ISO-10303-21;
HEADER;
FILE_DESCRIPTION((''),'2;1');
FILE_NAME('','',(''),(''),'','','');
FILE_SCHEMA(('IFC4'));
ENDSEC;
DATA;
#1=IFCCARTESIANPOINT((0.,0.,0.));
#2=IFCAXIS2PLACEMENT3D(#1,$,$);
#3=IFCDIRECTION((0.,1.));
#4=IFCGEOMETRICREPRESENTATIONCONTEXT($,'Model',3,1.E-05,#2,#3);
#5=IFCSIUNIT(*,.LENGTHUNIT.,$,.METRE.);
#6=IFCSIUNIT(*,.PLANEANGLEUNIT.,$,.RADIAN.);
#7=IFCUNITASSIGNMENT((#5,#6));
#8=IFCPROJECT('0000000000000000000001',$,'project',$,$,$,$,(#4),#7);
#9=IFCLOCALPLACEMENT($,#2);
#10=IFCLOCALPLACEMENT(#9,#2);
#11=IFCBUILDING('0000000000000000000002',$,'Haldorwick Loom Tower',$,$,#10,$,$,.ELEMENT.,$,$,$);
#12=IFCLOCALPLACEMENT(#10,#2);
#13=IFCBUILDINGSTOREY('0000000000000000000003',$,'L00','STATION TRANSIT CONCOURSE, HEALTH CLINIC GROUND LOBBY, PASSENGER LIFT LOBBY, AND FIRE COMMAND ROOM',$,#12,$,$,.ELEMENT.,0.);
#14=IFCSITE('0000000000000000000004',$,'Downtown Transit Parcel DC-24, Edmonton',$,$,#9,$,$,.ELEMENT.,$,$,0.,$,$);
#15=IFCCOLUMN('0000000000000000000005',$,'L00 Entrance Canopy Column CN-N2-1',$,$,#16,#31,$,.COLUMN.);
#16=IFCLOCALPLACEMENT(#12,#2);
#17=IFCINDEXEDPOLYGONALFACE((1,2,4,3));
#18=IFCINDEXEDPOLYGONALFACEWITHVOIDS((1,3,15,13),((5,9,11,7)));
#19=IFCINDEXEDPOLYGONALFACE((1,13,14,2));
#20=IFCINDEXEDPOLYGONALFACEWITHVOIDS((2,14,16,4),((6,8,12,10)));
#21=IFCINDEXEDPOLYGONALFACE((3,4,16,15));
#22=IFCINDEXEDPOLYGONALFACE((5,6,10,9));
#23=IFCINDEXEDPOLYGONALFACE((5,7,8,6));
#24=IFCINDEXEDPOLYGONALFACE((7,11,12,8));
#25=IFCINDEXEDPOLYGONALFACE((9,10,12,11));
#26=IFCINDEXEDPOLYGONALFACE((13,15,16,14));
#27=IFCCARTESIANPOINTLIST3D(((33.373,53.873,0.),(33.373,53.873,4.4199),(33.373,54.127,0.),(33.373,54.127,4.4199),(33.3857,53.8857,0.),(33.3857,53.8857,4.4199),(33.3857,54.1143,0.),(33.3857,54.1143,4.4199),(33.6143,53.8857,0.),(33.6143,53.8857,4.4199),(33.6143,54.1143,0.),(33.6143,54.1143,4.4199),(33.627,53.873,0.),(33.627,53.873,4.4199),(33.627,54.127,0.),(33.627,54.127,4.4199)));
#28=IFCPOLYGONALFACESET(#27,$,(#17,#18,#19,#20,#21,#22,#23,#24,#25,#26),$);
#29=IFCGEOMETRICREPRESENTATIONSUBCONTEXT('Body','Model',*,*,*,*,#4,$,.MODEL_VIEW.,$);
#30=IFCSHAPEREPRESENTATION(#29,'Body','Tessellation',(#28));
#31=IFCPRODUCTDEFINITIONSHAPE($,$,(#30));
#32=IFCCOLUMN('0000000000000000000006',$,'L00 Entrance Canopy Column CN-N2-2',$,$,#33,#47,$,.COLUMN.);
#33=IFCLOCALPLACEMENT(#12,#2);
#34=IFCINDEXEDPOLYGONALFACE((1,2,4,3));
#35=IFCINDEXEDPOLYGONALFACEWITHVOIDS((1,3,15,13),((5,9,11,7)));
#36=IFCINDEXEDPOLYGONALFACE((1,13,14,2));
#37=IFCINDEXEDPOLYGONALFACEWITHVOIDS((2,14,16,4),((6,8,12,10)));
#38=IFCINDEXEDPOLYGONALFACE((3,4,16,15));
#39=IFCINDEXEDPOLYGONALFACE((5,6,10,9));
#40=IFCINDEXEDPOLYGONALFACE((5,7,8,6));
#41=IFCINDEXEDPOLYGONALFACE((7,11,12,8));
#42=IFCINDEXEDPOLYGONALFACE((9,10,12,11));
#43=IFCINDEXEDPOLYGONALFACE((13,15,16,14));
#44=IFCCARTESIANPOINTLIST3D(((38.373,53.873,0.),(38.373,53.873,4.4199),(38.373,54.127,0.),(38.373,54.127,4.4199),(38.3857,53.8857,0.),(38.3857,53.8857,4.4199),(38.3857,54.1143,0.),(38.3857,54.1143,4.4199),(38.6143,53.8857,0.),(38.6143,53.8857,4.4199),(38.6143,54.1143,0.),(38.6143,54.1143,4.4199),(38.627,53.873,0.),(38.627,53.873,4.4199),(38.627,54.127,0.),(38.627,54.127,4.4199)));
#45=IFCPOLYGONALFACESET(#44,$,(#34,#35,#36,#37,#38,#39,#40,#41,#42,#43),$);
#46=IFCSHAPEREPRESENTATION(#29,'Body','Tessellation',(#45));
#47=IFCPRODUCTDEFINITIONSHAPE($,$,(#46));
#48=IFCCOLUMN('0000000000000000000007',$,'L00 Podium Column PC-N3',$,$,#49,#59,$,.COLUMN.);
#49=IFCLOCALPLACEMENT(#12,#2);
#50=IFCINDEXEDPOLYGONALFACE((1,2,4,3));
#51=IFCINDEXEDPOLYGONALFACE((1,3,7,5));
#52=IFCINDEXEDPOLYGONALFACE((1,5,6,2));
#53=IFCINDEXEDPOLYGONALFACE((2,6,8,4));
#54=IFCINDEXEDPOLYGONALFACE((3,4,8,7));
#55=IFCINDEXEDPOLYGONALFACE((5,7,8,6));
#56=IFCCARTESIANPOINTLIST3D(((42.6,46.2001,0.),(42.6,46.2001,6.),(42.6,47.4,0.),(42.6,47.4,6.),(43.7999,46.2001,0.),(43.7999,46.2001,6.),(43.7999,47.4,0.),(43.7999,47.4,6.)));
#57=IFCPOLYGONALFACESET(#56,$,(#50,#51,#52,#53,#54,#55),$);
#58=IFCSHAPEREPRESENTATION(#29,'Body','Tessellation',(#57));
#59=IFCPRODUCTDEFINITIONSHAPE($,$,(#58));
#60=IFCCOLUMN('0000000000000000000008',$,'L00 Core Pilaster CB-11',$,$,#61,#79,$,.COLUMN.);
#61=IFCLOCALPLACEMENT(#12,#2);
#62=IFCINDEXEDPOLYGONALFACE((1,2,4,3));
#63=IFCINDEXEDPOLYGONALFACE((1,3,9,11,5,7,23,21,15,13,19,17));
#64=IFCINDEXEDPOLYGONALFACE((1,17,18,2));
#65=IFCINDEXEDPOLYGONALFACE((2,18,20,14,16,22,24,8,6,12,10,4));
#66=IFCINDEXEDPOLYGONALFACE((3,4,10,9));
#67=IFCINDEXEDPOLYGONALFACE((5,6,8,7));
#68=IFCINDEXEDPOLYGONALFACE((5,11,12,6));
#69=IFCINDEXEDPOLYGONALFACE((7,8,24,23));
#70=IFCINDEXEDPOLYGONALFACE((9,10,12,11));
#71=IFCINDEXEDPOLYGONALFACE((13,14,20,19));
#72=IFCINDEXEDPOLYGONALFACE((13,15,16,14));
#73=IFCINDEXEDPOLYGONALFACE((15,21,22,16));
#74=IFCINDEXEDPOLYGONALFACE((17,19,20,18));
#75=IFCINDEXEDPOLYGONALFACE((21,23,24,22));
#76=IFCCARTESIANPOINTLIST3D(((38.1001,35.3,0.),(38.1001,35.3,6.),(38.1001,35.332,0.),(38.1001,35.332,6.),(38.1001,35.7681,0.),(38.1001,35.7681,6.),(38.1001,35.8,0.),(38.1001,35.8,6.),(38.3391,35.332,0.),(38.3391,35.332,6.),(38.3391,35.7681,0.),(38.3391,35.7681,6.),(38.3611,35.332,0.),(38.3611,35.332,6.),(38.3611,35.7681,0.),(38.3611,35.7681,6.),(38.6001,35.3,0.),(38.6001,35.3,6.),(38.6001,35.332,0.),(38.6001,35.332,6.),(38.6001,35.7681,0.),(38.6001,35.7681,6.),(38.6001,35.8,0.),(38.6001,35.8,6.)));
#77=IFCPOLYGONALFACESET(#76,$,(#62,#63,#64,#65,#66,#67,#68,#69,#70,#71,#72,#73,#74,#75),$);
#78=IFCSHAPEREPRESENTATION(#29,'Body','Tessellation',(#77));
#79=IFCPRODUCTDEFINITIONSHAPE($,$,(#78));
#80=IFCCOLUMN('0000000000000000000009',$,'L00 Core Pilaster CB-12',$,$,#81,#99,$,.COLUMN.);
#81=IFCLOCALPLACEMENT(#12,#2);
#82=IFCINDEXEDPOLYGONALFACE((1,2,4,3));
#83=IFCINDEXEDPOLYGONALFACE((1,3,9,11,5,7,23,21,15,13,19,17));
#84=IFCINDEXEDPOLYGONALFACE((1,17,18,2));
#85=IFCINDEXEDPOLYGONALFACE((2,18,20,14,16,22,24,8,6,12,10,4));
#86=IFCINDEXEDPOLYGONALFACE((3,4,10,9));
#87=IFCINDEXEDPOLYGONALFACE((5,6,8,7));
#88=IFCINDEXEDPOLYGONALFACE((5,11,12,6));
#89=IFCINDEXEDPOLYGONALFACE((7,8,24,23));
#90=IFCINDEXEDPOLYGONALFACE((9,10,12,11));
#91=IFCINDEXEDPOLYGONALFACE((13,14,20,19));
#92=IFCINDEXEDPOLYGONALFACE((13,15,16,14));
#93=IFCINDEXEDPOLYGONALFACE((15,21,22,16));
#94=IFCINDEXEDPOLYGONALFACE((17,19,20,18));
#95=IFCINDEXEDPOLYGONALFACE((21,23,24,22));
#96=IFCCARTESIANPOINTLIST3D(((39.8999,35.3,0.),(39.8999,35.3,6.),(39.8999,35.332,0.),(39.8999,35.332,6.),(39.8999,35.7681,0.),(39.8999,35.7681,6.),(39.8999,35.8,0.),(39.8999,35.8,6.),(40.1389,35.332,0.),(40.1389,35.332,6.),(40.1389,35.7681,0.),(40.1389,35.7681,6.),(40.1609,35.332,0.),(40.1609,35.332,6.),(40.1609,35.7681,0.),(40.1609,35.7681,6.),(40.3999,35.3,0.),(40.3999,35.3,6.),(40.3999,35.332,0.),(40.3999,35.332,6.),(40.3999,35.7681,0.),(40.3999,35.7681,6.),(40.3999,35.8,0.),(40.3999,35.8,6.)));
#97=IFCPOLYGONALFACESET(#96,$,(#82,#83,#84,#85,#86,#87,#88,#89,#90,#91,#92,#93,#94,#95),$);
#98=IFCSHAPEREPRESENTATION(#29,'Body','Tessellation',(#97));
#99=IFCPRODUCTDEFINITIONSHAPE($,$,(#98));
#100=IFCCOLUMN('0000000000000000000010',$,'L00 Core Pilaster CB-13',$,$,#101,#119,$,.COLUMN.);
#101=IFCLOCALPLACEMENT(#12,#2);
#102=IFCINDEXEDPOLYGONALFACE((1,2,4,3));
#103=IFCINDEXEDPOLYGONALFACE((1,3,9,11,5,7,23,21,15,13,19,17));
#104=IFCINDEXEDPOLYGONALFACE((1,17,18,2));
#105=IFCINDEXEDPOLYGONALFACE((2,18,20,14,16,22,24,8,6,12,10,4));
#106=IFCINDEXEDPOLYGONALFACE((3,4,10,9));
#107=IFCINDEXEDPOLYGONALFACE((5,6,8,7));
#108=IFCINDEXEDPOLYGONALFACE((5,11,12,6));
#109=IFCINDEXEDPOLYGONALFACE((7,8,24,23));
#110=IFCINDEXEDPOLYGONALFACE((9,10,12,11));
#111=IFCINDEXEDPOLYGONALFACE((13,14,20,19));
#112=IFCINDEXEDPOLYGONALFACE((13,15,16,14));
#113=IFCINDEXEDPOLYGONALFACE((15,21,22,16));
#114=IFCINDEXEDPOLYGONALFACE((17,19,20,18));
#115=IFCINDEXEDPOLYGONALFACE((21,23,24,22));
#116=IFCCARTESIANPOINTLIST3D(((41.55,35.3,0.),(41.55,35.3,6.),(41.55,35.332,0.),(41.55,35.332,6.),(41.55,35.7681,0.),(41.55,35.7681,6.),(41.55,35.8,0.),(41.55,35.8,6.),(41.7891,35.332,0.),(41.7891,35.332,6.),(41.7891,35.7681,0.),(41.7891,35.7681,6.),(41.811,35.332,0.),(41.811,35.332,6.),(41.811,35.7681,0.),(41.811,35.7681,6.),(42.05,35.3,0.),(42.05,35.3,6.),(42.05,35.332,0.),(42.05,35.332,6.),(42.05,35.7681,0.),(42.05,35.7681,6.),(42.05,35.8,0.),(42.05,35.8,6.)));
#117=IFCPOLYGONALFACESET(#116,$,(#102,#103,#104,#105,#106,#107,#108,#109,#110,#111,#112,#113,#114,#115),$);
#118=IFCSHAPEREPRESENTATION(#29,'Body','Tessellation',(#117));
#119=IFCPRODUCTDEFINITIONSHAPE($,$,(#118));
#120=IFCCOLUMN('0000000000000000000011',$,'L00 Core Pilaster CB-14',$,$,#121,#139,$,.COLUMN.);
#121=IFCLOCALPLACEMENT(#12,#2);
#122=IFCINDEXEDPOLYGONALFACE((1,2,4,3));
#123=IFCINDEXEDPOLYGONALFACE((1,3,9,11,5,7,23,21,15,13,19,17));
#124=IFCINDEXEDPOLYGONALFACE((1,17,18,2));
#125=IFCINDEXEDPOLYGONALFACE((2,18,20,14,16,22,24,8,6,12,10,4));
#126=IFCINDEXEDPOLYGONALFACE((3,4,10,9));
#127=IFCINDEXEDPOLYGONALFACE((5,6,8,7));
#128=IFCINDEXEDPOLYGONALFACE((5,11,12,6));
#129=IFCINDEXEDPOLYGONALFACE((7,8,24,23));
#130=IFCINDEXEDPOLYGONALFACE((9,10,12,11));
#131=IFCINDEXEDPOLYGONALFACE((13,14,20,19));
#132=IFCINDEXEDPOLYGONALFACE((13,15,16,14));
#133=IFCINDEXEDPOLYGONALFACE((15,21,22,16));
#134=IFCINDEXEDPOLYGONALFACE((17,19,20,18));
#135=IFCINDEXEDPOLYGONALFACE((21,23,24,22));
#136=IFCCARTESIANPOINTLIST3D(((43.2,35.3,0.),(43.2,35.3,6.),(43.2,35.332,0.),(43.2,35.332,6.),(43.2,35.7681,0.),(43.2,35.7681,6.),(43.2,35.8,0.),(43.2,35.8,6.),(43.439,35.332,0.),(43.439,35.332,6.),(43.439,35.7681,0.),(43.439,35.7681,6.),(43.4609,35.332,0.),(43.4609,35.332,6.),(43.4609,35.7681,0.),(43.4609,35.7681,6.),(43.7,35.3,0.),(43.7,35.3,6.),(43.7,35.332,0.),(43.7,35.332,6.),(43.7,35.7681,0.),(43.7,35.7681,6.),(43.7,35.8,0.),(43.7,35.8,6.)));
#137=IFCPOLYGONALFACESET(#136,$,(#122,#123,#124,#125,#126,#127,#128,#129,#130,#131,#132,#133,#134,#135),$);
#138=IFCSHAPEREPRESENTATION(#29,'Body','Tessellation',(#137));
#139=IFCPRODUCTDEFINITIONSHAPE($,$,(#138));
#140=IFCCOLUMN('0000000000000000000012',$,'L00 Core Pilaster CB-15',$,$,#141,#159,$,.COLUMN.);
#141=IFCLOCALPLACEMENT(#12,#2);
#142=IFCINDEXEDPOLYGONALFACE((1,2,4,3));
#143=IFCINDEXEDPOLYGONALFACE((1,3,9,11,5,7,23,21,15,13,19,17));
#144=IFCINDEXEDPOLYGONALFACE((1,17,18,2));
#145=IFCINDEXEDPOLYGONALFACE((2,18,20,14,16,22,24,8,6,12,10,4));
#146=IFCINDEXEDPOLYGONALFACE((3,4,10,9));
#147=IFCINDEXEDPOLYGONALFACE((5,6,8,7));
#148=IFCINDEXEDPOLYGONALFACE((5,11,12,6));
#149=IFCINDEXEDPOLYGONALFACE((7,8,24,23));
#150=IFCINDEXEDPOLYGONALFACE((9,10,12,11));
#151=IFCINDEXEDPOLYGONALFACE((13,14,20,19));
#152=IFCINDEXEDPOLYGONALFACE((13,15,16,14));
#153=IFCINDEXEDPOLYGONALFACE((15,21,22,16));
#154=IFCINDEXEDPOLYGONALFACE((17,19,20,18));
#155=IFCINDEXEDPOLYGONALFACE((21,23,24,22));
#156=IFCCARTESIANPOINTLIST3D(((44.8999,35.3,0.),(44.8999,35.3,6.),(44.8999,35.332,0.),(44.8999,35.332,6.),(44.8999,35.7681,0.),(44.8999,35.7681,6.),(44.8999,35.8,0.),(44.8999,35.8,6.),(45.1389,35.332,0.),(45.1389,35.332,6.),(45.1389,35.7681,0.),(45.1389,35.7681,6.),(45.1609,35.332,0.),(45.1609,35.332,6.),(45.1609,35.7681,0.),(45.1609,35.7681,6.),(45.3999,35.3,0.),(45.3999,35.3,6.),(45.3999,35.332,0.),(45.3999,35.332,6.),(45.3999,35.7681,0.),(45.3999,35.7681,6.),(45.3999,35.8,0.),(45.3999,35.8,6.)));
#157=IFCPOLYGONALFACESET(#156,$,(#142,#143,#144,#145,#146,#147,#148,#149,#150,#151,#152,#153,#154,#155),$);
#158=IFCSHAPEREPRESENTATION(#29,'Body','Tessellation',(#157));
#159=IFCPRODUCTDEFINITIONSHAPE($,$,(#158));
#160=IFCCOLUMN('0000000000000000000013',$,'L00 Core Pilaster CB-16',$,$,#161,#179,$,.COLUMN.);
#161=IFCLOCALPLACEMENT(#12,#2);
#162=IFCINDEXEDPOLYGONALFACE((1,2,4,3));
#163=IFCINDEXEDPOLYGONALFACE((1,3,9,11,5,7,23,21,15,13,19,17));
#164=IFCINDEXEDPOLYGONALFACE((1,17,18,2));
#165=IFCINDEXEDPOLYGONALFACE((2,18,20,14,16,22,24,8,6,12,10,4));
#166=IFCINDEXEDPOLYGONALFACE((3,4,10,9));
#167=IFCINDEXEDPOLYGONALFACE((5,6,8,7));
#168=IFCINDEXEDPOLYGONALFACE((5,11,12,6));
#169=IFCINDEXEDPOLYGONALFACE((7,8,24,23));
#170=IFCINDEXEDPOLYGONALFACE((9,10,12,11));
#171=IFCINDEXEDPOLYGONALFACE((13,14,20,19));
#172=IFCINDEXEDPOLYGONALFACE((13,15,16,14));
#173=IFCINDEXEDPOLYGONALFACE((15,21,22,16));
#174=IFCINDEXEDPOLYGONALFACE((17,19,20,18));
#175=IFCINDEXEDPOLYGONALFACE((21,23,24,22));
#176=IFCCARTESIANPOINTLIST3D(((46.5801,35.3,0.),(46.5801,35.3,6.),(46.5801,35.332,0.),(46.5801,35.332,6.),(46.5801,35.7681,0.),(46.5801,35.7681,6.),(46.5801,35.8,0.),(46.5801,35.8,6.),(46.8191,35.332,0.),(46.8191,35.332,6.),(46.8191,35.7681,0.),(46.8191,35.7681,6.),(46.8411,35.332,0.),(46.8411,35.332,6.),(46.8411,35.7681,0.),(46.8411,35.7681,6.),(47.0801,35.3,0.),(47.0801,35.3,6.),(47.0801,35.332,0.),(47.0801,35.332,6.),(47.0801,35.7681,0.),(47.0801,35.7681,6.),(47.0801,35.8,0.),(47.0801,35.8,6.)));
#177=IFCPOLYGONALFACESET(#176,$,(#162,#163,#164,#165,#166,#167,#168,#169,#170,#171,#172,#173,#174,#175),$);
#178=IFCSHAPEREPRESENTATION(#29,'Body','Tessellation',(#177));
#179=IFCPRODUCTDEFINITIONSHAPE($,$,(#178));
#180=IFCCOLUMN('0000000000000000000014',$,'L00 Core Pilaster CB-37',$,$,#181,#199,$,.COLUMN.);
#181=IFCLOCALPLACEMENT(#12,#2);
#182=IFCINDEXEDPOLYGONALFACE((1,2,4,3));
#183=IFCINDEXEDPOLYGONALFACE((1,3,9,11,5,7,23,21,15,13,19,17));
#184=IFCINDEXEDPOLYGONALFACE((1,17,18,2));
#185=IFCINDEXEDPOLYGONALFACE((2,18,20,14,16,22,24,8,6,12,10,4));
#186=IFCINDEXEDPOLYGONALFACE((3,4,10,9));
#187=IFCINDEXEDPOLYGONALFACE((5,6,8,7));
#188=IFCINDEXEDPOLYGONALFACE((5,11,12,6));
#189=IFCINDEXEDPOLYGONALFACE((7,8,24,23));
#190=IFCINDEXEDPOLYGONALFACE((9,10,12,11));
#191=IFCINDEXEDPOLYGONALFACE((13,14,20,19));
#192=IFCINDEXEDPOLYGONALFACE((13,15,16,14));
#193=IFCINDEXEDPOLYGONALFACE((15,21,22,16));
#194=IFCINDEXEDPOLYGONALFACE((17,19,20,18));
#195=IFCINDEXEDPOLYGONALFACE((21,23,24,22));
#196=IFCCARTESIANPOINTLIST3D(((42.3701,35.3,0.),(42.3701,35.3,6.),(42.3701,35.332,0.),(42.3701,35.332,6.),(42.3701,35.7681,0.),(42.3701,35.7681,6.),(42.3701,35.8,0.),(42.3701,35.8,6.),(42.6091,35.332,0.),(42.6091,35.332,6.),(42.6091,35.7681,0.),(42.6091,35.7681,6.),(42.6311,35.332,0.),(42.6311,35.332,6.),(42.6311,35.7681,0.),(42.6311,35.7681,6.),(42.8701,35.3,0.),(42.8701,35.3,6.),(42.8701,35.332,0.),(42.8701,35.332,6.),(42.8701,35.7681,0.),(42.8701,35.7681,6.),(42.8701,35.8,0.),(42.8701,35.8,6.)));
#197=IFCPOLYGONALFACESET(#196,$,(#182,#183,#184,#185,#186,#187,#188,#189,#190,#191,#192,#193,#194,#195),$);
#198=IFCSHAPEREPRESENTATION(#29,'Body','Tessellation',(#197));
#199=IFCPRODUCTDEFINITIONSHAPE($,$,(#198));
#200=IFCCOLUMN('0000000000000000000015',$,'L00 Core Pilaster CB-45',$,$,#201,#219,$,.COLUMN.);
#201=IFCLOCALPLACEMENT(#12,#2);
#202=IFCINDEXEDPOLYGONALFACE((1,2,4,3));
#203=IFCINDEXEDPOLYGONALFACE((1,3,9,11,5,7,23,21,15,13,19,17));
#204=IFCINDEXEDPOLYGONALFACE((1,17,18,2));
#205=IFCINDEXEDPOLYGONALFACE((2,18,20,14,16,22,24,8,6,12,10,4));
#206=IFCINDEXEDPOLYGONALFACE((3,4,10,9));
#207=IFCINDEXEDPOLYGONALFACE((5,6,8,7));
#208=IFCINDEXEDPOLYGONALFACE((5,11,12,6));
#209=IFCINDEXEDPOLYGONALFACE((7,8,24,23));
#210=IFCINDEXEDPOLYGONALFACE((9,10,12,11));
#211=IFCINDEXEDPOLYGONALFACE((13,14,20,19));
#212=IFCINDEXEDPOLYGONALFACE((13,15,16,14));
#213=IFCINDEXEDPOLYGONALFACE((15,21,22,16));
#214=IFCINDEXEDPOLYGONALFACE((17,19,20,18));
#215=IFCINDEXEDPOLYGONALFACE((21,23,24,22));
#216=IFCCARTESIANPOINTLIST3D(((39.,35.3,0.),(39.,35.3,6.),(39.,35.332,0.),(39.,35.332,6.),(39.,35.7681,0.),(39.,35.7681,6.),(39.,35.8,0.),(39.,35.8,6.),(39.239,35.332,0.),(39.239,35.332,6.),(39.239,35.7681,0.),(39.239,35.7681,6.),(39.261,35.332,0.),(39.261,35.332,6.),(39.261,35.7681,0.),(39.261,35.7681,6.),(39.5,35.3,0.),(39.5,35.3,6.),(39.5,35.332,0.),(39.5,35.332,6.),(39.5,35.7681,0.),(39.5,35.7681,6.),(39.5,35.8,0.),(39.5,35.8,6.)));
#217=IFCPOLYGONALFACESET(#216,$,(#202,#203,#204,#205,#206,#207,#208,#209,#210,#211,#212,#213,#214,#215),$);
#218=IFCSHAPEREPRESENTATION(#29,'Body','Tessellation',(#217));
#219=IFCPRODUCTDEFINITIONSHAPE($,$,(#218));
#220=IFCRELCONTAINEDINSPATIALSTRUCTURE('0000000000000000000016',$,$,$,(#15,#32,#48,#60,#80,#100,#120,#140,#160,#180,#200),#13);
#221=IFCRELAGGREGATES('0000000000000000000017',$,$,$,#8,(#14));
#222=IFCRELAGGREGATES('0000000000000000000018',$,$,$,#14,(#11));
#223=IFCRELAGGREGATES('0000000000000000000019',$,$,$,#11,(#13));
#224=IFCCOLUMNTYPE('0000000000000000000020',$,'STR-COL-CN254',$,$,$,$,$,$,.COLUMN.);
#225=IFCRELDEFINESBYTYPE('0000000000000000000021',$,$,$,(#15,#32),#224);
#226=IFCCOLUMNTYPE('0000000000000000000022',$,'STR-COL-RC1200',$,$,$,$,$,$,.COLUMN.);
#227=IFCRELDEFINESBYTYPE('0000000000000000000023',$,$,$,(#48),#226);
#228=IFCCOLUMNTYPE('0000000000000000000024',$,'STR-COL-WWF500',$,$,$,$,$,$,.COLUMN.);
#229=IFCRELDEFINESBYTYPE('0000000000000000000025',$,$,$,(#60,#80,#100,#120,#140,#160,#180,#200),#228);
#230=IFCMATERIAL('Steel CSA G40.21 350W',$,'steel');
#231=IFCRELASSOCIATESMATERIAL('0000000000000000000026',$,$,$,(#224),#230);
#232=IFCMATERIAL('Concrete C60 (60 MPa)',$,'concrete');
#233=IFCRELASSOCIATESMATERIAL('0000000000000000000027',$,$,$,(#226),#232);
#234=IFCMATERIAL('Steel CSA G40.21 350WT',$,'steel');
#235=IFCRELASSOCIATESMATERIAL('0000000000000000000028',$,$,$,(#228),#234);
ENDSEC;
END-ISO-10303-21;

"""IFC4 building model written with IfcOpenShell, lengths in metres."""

from ifc_helpers import new_model, si_unit, direction, frame, origin, origin_2d, place, context, subcontext, project, spatial, rectangle, hollow_rectangle, i_section, extrude, material, material_profile, profile_set, type_object, element, save


model = new_model("IFC4")

# Units and contexts
model_context = context("Model", 3, precision=1e-05, world=origin(), true_north=direction((0.0, 1.0)))
body_context = subcontext(model_context, "Body", "Model", "MODEL_VIEW")
ifc_project = project(units=[si_unit("LENGTHUNIT", "METRE"), si_unit("PLANEANGLEUNIT", "RADIAN")], contexts=[model_context])

# Site, building, storey
site_placement = place(None, origin())
site = spatial("IfcSite", under=ifc_project, at=site_placement, Name="Downtown Transit Parcel DC-24, Edmonton", CompositionType="ELEMENT", RefElevation=0.0)
building_placement = place(site_placement, origin())
building = spatial("IfcBuilding", under=site, at=building_placement, Name="Haldorwick Loom Tower", CompositionType="ELEMENT")
storey_placement = place(building_placement, origin())
storey = spatial("IfcBuildingStorey", under=building, at=storey_placement, Name="L00", Description="STATION TRANSIT CONCOURSE, HEALTH CLINIC GROUND LOBBY, PASSENGER LIFT LOBBY, AND FIRE COMMAND ROOM", CompositionType="ELEMENT", Elevation=0.0)

# Columns
ifc_material_1 = material(Name="Steel CSA G40.21 350W", Category="steel")
ifc_material_profile_1 = material_profile(ifc_material_1, hollow_rectangle(XDim=0.2539, YDim=0.2539, WallThickness=0.0127, at=origin_2d()), Name="HSS254X254X13", Category="steel")
ifc_profile_set_1 = profile_set([ifc_material_profile_1], Name="Steel CSA G40.21 350W")
column_type_1 = type_object("IfcColumnType", Name="STR-COL-CN254", PredefinedType="COLUMN", material=ifc_profile_set_1)
for number, where, z_axis, x_axis, name in (
    (1, (33.5, 54.0, 0.0), (0.0, 0.0, 1.0), (1.0, 0.0, 0.0), "L00 Entrance Canopy Column CN-N2-1"),
    (2, (38.5, 54.0, 0.0), (0.0, 0.0, 1.0), (1.0, 0.0, 0.0), "L00 Entrance Canopy Column CN-N2-2"),
):
    element("IfcColumn", number, at=place(storey_placement, frame(where, z_axis=z_axis, x_axis=x_axis)), inside=storey, type_object=column_type_1, Name=name, PredefinedType="COLUMN", context=body_context, shape_type="SweptSolid", body=[
        extrude(hollow_rectangle(XDim=0.2539, YDim=0.2539, WallThickness=0.0127, at=origin_2d()), origin(), (0.0, 0.0, 1.0), 4.4199),
    ])
ifc_material_2 = material(Name="Concrete C60 (60 MPa)", Category="concrete")
ifc_material_profile_2 = material_profile(ifc_material_2, rectangle(XDim=1.2, YDim=1.2, at=origin_2d()), Name="RC1200X1200", Category="concrete")
ifc_profile_set_2 = profile_set([ifc_material_profile_2], Name="Concrete C60 (60 MPa)")
column_type_2 = type_object("IfcColumnType", Name="STR-COL-RC1200", PredefinedType="COLUMN", material=ifc_profile_set_2)
column_placement = place(storey_placement, frame((43.2, 46.8, 0.0), z_axis=(0.0, 0.0, 1.0), x_axis=(1.0, 0.0, 0.0)))
element("IfcColumn", 3, at=column_placement, inside=storey, type_object=column_type_2, Name="L00 Podium Column PC-N3", PredefinedType="COLUMN", context=body_context, shape_type="SweptSolid", body=[
    extrude(rectangle(XDim=1.2, YDim=1.2, at=origin_2d()), origin(), (0.0, 0.0, 1.0), 6.0),
])
ifc_material_3 = material(Name="Steel CSA G40.21 350WT", Category="steel")
ifc_material_profile_3 = material_profile(ifc_material_3, i_section(OverallWidth=0.5, OverallDepth=0.5, WebThickness=0.022, FlangeThickness=0.032, at=origin_2d()), Name="WWF500X500", Category="steel")
ifc_profile_set_3 = profile_set([ifc_material_profile_3], Name="Steel CSA G40.21 350WT")
column_type_3 = type_object("IfcColumnType", Name="STR-COL-WWF500", PredefinedType="COLUMN", material=ifc_profile_set_3)
for number, where, z_axis, x_axis, name in (
    (4, (38.3501, 35.55, 0.0), (0.0, 0.0, 1.0), (1.0, 0.0, 0.0), "L00 Core Pilaster CB-11"),
    (5, (40.1499, 35.55, 0.0), (0.0, 0.0, 1.0), (1.0, 0.0, 0.0), "L00 Core Pilaster CB-12"),
    (6, (41.8, 35.55, 0.0), (0.0, 0.0, 1.0), (1.0, 0.0, 0.0), "L00 Core Pilaster CB-13"),
    (7, (43.45, 35.55, 0.0), (0.0, 0.0, 1.0), (1.0, 0.0, 0.0), "L00 Core Pilaster CB-14"),
    (8, (45.1499, 35.55, 0.0), (0.0, 0.0, 1.0), (1.0, 0.0, 0.0), "L00 Core Pilaster CB-15"),
    (9, (46.8301, 35.55, 0.0), (0.0, 0.0, 1.0), (1.0, 0.0, 0.0), "L00 Core Pilaster CB-16"),
    (10, (42.6201, 35.55, 0.0), (0.0, 0.0, 1.0), (1.0, 0.0, 0.0), "L00 Core Pilaster CB-37"),
    (11, (39.25, 35.55, 0.0), (0.0, 0.0, 1.0), (1.0, 0.0, 0.0), "L00 Core Pilaster CB-45"),
):
    element("IfcColumn", number, at=place(storey_placement, frame(where, z_axis=z_axis, x_axis=x_axis)), inside=storey, type_object=column_type_3, Name=name, PredefinedType="COLUMN", context=body_context, shape_type="SweptSolid", body=[
        extrude(i_section(OverallWidth=0.5, OverallDepth=0.5, WebThickness=0.022, FlangeThickness=0.032, at=origin_2d()), origin(), (0.0, 0.0, 1.0), 6.0),
    ])

save(model, "model.ifc")
